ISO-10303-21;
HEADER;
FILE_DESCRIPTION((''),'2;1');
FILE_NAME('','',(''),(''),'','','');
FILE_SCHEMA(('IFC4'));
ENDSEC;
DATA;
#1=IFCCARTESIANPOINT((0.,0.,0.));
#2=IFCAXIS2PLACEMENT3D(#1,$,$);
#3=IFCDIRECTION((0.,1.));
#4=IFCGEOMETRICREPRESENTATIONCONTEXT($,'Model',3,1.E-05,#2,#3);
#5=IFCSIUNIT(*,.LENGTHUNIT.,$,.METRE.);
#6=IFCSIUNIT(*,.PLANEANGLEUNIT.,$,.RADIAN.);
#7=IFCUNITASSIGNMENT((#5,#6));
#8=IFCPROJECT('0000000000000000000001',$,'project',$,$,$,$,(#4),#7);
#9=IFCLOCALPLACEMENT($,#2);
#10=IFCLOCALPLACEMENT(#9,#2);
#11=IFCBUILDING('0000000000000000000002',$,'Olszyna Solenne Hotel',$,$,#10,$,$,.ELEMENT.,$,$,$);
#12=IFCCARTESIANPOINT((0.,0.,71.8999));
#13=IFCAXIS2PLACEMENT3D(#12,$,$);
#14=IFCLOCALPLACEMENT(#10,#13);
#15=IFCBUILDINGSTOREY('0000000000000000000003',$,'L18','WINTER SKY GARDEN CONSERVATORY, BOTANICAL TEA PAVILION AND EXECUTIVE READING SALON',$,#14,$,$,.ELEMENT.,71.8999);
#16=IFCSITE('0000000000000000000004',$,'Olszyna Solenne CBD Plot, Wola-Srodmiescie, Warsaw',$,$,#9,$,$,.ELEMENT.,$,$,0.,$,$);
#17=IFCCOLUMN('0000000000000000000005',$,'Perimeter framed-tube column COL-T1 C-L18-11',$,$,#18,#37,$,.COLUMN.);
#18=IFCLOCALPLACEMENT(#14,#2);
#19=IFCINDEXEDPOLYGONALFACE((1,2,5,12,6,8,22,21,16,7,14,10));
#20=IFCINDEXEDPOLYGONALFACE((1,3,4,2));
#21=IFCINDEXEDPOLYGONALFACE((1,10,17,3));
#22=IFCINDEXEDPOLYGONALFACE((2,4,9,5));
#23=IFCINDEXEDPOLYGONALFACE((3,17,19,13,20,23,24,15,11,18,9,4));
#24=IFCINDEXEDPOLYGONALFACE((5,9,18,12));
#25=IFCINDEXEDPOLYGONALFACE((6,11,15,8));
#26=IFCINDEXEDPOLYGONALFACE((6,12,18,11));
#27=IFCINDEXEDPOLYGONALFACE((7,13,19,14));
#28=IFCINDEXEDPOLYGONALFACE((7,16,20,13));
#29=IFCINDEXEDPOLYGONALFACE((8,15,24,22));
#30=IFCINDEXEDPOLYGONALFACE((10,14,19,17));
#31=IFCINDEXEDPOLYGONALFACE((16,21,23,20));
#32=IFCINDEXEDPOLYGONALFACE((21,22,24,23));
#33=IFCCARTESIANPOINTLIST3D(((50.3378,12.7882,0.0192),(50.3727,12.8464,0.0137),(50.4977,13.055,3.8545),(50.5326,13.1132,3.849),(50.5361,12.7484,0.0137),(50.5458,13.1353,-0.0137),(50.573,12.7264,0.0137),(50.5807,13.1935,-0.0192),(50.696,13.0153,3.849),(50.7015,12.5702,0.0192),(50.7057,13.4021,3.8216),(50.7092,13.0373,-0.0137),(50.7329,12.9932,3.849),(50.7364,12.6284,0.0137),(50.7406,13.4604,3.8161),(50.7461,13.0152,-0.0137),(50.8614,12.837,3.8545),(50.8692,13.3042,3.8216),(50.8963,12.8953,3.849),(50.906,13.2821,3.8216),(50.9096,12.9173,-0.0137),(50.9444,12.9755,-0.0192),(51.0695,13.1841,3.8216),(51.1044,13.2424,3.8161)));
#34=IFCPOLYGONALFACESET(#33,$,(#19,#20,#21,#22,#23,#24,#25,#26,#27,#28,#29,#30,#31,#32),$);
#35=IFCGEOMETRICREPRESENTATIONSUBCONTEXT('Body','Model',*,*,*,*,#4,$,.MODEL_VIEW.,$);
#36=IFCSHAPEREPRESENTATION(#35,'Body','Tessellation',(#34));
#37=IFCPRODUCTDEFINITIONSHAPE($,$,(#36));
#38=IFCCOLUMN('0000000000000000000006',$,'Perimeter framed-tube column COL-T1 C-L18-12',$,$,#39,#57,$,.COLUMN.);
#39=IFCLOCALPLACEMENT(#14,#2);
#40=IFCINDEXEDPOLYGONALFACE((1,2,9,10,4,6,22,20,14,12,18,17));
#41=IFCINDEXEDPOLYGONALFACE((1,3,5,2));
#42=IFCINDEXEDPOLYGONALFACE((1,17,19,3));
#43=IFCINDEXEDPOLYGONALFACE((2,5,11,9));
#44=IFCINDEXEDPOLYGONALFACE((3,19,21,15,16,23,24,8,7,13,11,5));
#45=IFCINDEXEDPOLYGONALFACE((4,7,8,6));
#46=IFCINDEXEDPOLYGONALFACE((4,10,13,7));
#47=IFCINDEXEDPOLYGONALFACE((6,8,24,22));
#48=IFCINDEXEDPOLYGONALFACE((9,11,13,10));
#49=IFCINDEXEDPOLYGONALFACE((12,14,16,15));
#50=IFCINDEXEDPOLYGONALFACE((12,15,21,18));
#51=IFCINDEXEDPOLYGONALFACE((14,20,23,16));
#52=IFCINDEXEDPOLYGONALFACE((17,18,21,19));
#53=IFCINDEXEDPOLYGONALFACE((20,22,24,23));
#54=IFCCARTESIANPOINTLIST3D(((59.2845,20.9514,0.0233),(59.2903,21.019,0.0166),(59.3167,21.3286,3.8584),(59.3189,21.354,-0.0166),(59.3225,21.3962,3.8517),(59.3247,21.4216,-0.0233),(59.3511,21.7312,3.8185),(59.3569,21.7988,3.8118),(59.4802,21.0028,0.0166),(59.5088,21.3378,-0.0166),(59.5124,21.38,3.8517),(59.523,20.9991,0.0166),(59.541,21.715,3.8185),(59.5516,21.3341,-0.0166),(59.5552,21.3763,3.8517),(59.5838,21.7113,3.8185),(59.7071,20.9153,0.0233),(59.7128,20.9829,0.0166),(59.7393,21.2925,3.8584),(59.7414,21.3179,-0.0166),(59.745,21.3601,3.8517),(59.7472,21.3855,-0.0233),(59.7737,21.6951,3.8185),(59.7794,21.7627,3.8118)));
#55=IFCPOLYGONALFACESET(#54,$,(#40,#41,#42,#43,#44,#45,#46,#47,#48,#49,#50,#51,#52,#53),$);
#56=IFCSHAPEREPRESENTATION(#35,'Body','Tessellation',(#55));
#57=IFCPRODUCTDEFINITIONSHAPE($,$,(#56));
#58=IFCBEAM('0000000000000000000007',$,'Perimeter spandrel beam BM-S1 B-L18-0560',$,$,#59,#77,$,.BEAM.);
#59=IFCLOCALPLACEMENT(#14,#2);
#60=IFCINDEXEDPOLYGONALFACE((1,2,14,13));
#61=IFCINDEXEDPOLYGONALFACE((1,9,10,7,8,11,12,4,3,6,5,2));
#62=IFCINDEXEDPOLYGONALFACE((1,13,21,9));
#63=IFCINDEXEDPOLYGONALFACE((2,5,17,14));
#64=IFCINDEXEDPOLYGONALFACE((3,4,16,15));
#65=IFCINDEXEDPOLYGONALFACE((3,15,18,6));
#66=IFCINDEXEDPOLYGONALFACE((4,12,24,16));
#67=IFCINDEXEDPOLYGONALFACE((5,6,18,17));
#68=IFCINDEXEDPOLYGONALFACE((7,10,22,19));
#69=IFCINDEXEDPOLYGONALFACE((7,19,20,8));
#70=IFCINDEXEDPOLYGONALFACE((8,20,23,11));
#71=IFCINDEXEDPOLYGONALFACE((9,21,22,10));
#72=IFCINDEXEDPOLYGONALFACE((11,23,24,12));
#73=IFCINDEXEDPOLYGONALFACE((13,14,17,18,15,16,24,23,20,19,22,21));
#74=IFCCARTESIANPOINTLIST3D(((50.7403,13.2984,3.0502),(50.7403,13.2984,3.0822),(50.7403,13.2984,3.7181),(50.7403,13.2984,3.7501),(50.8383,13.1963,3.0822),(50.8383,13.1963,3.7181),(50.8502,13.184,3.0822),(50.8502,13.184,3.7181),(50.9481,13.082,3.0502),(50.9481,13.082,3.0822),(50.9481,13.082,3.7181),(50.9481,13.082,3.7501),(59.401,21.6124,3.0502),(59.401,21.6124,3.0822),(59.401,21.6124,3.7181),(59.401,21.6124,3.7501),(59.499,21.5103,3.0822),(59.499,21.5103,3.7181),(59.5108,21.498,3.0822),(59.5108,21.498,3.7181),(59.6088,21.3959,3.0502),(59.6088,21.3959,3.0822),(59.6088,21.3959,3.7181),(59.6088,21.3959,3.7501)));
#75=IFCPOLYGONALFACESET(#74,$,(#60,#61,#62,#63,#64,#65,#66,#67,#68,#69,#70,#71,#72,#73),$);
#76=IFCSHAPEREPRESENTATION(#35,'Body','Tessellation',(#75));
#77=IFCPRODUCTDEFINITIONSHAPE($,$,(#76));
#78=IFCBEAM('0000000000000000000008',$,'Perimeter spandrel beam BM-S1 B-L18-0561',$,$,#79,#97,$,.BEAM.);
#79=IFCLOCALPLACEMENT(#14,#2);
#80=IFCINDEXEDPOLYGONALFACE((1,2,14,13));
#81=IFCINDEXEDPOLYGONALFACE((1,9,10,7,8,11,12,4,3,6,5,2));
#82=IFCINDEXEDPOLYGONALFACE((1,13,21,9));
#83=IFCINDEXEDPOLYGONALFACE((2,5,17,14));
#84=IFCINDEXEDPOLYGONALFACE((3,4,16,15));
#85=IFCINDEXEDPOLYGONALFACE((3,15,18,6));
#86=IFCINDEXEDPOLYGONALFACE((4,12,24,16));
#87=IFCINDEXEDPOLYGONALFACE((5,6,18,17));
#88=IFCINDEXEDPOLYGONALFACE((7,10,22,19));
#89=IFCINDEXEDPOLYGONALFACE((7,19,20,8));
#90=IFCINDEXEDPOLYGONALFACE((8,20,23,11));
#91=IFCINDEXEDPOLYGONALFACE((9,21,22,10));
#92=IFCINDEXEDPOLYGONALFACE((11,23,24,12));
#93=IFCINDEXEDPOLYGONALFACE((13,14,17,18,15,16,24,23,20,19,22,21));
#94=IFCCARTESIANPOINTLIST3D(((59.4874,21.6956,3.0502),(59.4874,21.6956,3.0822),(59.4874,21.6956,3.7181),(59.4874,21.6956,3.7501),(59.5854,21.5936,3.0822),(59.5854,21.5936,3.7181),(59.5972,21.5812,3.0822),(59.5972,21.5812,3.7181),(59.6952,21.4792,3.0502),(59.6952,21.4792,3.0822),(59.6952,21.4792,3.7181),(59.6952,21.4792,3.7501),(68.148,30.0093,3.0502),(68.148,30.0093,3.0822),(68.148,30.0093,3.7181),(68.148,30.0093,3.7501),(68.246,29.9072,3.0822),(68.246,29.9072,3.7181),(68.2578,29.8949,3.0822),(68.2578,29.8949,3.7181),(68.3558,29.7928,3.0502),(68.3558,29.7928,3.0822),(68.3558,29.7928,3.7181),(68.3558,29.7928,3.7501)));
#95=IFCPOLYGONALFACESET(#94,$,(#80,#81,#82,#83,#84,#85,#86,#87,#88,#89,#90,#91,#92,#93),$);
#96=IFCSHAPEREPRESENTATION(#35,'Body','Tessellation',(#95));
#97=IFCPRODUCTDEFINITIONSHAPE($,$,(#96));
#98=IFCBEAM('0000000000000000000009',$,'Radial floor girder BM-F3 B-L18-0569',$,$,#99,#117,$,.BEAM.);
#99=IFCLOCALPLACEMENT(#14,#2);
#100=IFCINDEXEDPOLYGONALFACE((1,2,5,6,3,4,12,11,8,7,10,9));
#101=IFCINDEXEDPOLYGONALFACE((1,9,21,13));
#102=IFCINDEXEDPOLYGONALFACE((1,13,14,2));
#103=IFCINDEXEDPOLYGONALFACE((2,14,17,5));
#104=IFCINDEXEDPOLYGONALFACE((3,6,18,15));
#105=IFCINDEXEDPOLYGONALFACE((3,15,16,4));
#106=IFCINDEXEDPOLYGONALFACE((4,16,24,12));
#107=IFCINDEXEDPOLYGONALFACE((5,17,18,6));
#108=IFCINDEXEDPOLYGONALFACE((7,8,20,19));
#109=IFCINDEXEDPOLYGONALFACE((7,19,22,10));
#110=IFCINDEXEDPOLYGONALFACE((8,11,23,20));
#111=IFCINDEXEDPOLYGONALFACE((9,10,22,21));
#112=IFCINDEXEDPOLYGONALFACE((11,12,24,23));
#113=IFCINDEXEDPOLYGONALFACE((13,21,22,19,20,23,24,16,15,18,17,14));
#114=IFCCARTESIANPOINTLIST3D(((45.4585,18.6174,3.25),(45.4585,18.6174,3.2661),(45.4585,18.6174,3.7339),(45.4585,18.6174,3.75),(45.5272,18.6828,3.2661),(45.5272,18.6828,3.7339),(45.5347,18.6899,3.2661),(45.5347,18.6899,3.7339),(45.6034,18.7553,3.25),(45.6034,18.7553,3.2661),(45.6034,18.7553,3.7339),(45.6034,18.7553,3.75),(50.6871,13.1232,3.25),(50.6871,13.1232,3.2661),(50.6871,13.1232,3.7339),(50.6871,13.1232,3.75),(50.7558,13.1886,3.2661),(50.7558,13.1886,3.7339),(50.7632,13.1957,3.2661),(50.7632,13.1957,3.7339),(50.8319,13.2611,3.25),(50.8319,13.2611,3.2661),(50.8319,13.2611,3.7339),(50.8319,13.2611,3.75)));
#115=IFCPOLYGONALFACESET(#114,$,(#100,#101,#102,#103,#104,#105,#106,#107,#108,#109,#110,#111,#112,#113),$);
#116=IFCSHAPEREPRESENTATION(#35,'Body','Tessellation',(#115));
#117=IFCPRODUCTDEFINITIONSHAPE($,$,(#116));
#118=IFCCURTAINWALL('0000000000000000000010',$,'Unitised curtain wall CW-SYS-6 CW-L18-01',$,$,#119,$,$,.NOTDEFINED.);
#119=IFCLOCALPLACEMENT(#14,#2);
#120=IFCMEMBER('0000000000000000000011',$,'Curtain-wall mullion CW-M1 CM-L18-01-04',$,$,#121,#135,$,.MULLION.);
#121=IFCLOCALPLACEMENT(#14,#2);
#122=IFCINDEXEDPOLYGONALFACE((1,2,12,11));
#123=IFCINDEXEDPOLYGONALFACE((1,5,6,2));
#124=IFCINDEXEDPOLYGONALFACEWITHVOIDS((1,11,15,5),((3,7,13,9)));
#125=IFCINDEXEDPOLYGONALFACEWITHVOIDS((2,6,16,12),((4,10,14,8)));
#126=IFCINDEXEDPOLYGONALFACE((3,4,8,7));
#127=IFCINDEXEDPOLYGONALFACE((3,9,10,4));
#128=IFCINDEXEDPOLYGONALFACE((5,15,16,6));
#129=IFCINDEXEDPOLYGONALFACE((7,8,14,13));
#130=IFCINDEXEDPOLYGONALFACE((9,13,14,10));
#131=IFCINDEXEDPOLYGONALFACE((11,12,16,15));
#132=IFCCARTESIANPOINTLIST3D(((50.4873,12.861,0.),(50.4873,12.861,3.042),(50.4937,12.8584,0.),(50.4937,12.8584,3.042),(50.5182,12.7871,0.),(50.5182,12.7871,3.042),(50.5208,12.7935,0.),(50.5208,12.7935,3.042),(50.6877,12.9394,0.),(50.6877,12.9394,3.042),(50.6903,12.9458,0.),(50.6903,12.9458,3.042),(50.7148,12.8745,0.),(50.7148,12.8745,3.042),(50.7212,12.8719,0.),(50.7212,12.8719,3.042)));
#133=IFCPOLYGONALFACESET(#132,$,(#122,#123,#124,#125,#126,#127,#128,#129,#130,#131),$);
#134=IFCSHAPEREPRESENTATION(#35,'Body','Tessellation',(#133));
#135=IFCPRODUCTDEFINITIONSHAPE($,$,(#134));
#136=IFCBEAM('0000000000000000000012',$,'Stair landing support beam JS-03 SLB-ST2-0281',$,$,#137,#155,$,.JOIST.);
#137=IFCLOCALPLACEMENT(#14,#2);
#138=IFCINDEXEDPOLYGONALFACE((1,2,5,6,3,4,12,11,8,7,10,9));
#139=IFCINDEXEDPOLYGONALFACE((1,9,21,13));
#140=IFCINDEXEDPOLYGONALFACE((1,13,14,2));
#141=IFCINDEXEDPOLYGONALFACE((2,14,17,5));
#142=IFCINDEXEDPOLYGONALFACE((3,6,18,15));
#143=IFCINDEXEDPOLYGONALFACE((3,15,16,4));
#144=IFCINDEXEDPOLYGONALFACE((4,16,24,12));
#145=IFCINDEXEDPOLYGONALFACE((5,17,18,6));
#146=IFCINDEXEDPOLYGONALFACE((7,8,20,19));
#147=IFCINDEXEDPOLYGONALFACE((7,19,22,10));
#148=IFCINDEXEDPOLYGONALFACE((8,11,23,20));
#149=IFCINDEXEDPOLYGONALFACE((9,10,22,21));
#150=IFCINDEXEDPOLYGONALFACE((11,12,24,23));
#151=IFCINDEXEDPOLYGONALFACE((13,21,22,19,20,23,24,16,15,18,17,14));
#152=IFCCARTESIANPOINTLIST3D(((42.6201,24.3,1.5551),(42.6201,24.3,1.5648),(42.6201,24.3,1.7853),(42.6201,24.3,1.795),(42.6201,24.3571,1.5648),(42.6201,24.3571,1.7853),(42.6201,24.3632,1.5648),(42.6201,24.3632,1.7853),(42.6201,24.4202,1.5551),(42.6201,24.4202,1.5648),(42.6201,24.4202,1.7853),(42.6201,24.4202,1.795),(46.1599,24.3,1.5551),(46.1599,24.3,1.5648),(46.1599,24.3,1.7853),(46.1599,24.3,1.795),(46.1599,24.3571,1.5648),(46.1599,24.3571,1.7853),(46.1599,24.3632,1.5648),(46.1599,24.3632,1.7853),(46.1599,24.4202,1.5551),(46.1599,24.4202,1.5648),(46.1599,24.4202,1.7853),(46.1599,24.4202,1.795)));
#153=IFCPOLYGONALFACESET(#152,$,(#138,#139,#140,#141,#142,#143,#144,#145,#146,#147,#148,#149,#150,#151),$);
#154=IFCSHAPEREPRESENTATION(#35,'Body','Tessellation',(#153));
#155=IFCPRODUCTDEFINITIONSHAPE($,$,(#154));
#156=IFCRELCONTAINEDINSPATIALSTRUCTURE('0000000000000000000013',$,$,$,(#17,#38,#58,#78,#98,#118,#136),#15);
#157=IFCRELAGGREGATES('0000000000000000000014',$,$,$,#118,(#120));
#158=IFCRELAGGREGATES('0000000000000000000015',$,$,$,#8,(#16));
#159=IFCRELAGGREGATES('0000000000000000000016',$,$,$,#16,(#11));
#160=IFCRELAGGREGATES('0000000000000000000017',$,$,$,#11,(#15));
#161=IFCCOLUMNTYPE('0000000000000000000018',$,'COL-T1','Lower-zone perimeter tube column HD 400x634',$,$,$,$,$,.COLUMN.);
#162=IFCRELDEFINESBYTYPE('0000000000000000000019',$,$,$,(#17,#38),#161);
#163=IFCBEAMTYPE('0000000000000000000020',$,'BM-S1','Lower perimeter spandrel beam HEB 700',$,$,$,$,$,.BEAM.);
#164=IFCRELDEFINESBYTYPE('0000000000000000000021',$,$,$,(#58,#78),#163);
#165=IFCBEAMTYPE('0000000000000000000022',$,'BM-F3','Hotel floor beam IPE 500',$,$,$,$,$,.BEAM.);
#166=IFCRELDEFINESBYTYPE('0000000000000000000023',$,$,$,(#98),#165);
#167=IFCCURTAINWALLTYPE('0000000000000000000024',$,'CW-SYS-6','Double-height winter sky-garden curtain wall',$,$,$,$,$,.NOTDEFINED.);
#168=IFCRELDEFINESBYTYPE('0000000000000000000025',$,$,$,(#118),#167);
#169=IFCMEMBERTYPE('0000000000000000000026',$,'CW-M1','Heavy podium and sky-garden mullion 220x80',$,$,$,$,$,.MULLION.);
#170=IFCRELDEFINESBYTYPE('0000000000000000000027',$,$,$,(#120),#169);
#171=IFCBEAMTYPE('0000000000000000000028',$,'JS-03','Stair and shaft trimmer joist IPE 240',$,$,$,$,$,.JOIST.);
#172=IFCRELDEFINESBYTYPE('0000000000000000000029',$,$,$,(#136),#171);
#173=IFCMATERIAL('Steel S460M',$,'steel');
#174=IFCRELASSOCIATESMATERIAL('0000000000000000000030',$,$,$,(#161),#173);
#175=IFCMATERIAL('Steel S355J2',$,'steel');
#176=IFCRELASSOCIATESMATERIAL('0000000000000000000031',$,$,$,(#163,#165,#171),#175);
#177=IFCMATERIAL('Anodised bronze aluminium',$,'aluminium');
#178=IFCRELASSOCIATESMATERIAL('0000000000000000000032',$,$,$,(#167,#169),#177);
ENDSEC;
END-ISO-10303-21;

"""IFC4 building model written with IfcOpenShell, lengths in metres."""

from ifc_helpers import new_model, si_unit, direction, frame, origin, origin_2d, place, context, subcontext, project, spatial, hollow_rectangle, i_section, extrude, source, transform, mapped, material, material_profile, profile_set, type_object, element, aggregate, save


model = new_model("IFC4")

# Units and contexts
model_context = context("Model", 3, precision=1e-05, world=origin(), true_north=direction((0.0, 1.0)))
body_context = subcontext(model_context, "Body", "Model", "MODEL_VIEW")
ifc_project = project(units=[si_unit("LENGTHUNIT", "METRE"), si_unit("PLANEANGLEUNIT", "RADIAN")], contexts=[model_context])

# Site, building, storey
site_placement = place(None, origin())
site = spatial("IfcSite", under=ifc_project, at=site_placement, Name="Olszyna Solenne CBD Plot, Wola-Srodmiescie, Warsaw", CompositionType="ELEMENT", RefElevation=0.0)
building_placement = place(site_placement, origin())
building = spatial("IfcBuilding", under=site, at=building_placement, Name="Olszyna Solenne Hotel", CompositionType="ELEMENT")
storey_placement = place(building_placement, frame((0.0, 0.0, 71.8999)))
storey = spatial("IfcBuildingStorey", under=building, at=storey_placement, Name="L18", Description="WINTER SKY GARDEN CONSERVATORY, BOTANICAL TEA PAVILION AND EXECUTIVE READING SALON", CompositionType="ELEMENT", Elevation=71.8999)

# Columns
ifc_material_1 = material(Name="Steel S460M", Category="steel")
ifc_material_profile_1 = material_profile(ifc_material_1, i_section(OverallWidth=0.4241, OverallDepth=0.4741, WebThickness=0.043, FlangeThickness=0.0681, at=origin_2d()), Name="HD 400x634", Category="load-bearing")
ifc_profile_set_1 = profile_set([ifc_material_profile_1], Name="Steel S460M")
column_type = type_object("IfcColumnType", Name="COL-T1", Description="Lower-zone perimeter tube column HD 400x634", PredefinedType="COLUMN", material=ifc_profile_set_1)
shared_shape_1 = source(origin(), body_context, "Body", "SweptSolid", [
    extrude(i_section(OverallWidth=0.4241, OverallDepth=0.4741, WebThickness=0.043, FlangeThickness=0.0681, at=origin_2d()), origin(), (0.0, 0.0, 1.0), 3.8479),
])
column_1_placement = place(storey_placement, frame((50.6411, 12.8818, 0.0), z_axis=(0.041559, 0.06935, 0.996726), x_axis=(-0.85777, 0.514034, 0.0)))
element("IfcColumn", 1, at=column_1_placement, inside=storey, type_object=column_type, Name="Perimeter framed-tube column COL-T1 C-L18-11", PredefinedType="COLUMN", context=body_context, shape_type="MappedRepresentation", body=[
    mapped(shared_shape_1, transform((0.0, 0.0, 0.0), x_axis=(1.0, 0.0, 0.0), y_axis=(0.0, 1.0, 0.0), z_axis=(0.0, 0.0, 1.0), scale=1.0)),
])
shared_shape_2 = source(origin(), body_context, "Body", "SweptSolid", [
    extrude(i_section(OverallWidth=0.4241, OverallDepth=0.4741, WebThickness=0.043, FlangeThickness=0.0681, at=origin_2d()), origin(), (0.0, 0.0, 1.0), 3.8538),
])
column_2_placement = place(storey_placement, frame((59.5159, 21.1685, 0.0), z_axis=(0.008362, 0.097876, 0.995164), x_axis=(-0.99637, 0.085127, 0.0)))
element("IfcColumn", 2, at=column_2_placement, inside=storey, type_object=column_type, Name="Perimeter framed-tube column COL-T1 C-L18-12", PredefinedType="COLUMN", context=body_context, shape_type="MappedRepresentation", body=[
    mapped(shared_shape_2, transform((0.0, 0.0, 0.0), x_axis=(1.0, 0.0, 0.0), y_axis=(0.0, 1.0, 0.0), z_axis=(0.0, 0.0, 1.0), scale=1.0)),
])

# Beams
ifc_material_2 = material(Name="Steel S355J2", Category="steel")
ifc_material_profile_2 = material_profile(ifc_material_2, i_section(OverallWidth=0.3, OverallDepth=0.7, WebThickness=0.0171, FlangeThickness=0.032, at=origin_2d()), Name="HEB 700", Category="load-bearing")
ifc_profile_set_2 = profile_set([ifc_material_profile_2], Name="Steel S355J2")
beam_type_1 = type_object("IfcBeamType", Name="BM-S1", Description="Lower perimeter spandrel beam HEB 700", PredefinedType="BEAM", material=ifc_profile_set_2)
shared_shape_3 = source(origin(), body_context, "Body", "SweptSolid", [
    extrude(i_section(OverallWidth=0.3, OverallDepth=0.7, WebThickness=0.0171, FlangeThickness=0.032, at=origin_2d()), origin(), (0.0, 0.0, 1.0), 12.0054),
])
beam_1_placement = place(storey_placement, frame((50.8442, 13.1902, 3.4001), z_axis=(0.721398, 0.692521, 0.0), x_axis=(-0.692521, 0.721398, 0.0)))
element("IfcBeam", 3, at=beam_1_placement, inside=storey, type_object=beam_type_1, Name="Perimeter spandrel beam BM-S1 B-L18-0560", PredefinedType="BEAM", context=body_context, shape_type="MappedRepresentation", body=[
    mapped(shared_shape_3, transform((0.0, 0.0, 0.0), x_axis=(1.0, 0.0, 0.0), y_axis=(0.0, 1.0, 0.0), z_axis=(0.0, 0.0, 1.0), scale=1.0)),
])
shared_shape_4 = source(origin(), body_context, "Body", "SweptSolid", [
    extrude(i_section(OverallWidth=0.3, OverallDepth=0.7, WebThickness=0.0171, FlangeThickness=0.032, at=origin_2d()), origin(), (0.0, 0.0, 1.0), 12.0051),
])
beam_2_placement = place(storey_placement, frame((59.5913, 21.5874, 3.4001), z_axis=(0.721408, 0.69251, 0.0), x_axis=(-0.69251, 0.721408, 0.0)))
element("IfcBeam", 4, at=beam_2_placement, inside=storey, type_object=beam_type_1, Name="Perimeter spandrel beam BM-S1 B-L18-0561", PredefinedType="BEAM", context=body_context, shape_type="MappedRepresentation", body=[
    mapped(shared_shape_4, transform((0.0, 0.0, 0.0), x_axis=(1.0, 0.0, 0.0), y_axis=(0.0, 1.0, 0.0), z_axis=(0.0, 0.0, 1.0), scale=1.0)),
])
ifc_material_profile_3 = material_profile(ifc_material_2, i_section(OverallWidth=0.2, OverallDepth=0.5, WebThickness=0.0103, FlangeThickness=0.0161, at=origin_2d()), Name="IPE 500", Category="load-bearing")
ifc_profile_set_3 = profile_set([ifc_material_profile_3], Name="Steel S355J2")
beam_type_2 = type_object("IfcBeamType", Name="BM-F3", Description="Hotel floor beam IPE 500", PredefinedType="BEAM", material=ifc_profile_set_3)
shared_shape_5 = source(origin(), body_context, "Body", "SweptSolid", [
    extrude(i_section(OverallWidth=0.2, OverallDepth=0.5, WebThickness=0.0103, FlangeThickness=0.0161, at=origin_2d()), origin(), (0.0, 0.0, 1.0), 7.5845),
])
beam_3_placement = place(storey_placement, frame((50.7595, 13.1921, 3.5), z_axis=(-0.689379, 0.724401, 0.0), x_axis=(-0.724401, -0.689379, 0.0)))
element("IfcBeam", 5, at=beam_3_placement, inside=storey, type_object=beam_type_2, Name="Radial floor girder BM-F3 B-L18-0569", PredefinedType="BEAM", context=body_context, shape_type="MappedRepresentation", body=[
    mapped(shared_shape_5, transform((0.0, 0.0, 0.0), x_axis=(1.0, 0.0, 0.0), y_axis=(0.0, 1.0, 0.0), z_axis=(0.0, 0.0, 1.0), scale=1.0)),
])

# Curtain wall, member
ifc_material_3 = material(Name="Anodised bronze aluminium", Category="aluminium")
curtain_wall_type = type_object("IfcCurtainWallType", Name="CW-SYS-6", Description="Double-height winter sky-garden curtain wall", PredefinedType="NOTDEFINED", material=ifc_material_3)
curtain_wall_placement = place(storey_placement, origin())
curtain_wall = element("IfcCurtainWall", 6, at=curtain_wall_placement, inside=storey, type_object=curtain_wall_type, Name="Unitised curtain wall CW-SYS-6 CW-L18-01", PredefinedType="NOTDEFINED")
ifc_material_profile_4 = material_profile(ifc_material_3, hollow_rectangle(XDim=0.0801, YDim=0.22, WallThickness=0.0049, at=origin_2d()), Name="MULL 220x80x5", Category="load-bearing")
ifc_profile_set_4 = profile_set([ifc_material_profile_4], Name="Anodised bronze aluminium")
member_type = type_object("IfcMemberType", Name="CW-M1", Description="Heavy podium and sky-garden mullion 220x80", PredefinedType="MULLION", material=ifc_profile_set_4)
shared_shape_6 = source(origin(), body_context, "Body", "SweptSolid", [
    extrude(hollow_rectangle(XDim=0.0801, YDim=0.22, WallThickness=0.0049, at=origin_2d()), origin(), (0.0, 0.0, 1.0), 3.042),
])
member_placement = place(storey_placement, frame((50.6042, 12.8665, 0.0), z_axis=(0.0, 0.0, 1.0), x_axis=(-0.385296, 0.922793, 0.0)))
member = element("IfcMember", 7, at=member_placement, type_object=member_type, Name="Curtain-wall mullion CW-M1 CM-L18-01-04", PredefinedType="MULLION", context=body_context, shape_type="MappedRepresentation", body=[
    mapped(shared_shape_6, transform((0.0, 0.0, 0.0), x_axis=(1.0, 0.0, 0.0), y_axis=(0.0, 1.0, 0.0), z_axis=(0.0, 0.0, 1.0), scale=1.0)),
])

# Beam
ifc_material_profile_5 = material_profile(ifc_material_2, i_section(OverallWidth=0.1201, OverallDepth=0.24, WebThickness=0.0061, FlangeThickness=0.0098, at=origin_2d()), Name="IPE 240", Category="load-bearing")
ifc_profile_set_5 = profile_set([ifc_material_profile_5], Name="Steel S355J2")
beam_type_3 = type_object("IfcBeamType", Name="JS-03", Description="Stair and shaft trimmer joist IPE 240", PredefinedType="JOIST", material=ifc_profile_set_5)
shared_shape_7 = source(origin(), body_context, "Body", "SweptSolid", [
    extrude(i_section(OverallWidth=0.1201, OverallDepth=0.24, WebThickness=0.0061, FlangeThickness=0.0098, at=origin_2d()), origin(), (0.0, 0.0, 1.0), 3.5398),
])
beam_4_placement = place(storey_placement, frame((46.1599, 24.3601, 1.675), z_axis=(-1.0, 0.0, 0.0), x_axis=(0.0, -1.0, 0.0)))
element("IfcBeam", 8, at=beam_4_placement, inside=storey, type_object=beam_type_3, Name="Stair landing support beam JS-03 SLB-ST2-0281", PredefinedType="JOIST", context=body_context, shape_type="MappedRepresentation", body=[
    mapped(shared_shape_7, transform((0.0, 0.0, 0.0), x_axis=(1.0, 0.0, 0.0), y_axis=(0.0, 1.0, 0.0), z_axis=(0.0, 0.0, 1.0), scale=1.0)),
])

aggregate(curtain_wall, [member])

save(model, "model.ifc")
